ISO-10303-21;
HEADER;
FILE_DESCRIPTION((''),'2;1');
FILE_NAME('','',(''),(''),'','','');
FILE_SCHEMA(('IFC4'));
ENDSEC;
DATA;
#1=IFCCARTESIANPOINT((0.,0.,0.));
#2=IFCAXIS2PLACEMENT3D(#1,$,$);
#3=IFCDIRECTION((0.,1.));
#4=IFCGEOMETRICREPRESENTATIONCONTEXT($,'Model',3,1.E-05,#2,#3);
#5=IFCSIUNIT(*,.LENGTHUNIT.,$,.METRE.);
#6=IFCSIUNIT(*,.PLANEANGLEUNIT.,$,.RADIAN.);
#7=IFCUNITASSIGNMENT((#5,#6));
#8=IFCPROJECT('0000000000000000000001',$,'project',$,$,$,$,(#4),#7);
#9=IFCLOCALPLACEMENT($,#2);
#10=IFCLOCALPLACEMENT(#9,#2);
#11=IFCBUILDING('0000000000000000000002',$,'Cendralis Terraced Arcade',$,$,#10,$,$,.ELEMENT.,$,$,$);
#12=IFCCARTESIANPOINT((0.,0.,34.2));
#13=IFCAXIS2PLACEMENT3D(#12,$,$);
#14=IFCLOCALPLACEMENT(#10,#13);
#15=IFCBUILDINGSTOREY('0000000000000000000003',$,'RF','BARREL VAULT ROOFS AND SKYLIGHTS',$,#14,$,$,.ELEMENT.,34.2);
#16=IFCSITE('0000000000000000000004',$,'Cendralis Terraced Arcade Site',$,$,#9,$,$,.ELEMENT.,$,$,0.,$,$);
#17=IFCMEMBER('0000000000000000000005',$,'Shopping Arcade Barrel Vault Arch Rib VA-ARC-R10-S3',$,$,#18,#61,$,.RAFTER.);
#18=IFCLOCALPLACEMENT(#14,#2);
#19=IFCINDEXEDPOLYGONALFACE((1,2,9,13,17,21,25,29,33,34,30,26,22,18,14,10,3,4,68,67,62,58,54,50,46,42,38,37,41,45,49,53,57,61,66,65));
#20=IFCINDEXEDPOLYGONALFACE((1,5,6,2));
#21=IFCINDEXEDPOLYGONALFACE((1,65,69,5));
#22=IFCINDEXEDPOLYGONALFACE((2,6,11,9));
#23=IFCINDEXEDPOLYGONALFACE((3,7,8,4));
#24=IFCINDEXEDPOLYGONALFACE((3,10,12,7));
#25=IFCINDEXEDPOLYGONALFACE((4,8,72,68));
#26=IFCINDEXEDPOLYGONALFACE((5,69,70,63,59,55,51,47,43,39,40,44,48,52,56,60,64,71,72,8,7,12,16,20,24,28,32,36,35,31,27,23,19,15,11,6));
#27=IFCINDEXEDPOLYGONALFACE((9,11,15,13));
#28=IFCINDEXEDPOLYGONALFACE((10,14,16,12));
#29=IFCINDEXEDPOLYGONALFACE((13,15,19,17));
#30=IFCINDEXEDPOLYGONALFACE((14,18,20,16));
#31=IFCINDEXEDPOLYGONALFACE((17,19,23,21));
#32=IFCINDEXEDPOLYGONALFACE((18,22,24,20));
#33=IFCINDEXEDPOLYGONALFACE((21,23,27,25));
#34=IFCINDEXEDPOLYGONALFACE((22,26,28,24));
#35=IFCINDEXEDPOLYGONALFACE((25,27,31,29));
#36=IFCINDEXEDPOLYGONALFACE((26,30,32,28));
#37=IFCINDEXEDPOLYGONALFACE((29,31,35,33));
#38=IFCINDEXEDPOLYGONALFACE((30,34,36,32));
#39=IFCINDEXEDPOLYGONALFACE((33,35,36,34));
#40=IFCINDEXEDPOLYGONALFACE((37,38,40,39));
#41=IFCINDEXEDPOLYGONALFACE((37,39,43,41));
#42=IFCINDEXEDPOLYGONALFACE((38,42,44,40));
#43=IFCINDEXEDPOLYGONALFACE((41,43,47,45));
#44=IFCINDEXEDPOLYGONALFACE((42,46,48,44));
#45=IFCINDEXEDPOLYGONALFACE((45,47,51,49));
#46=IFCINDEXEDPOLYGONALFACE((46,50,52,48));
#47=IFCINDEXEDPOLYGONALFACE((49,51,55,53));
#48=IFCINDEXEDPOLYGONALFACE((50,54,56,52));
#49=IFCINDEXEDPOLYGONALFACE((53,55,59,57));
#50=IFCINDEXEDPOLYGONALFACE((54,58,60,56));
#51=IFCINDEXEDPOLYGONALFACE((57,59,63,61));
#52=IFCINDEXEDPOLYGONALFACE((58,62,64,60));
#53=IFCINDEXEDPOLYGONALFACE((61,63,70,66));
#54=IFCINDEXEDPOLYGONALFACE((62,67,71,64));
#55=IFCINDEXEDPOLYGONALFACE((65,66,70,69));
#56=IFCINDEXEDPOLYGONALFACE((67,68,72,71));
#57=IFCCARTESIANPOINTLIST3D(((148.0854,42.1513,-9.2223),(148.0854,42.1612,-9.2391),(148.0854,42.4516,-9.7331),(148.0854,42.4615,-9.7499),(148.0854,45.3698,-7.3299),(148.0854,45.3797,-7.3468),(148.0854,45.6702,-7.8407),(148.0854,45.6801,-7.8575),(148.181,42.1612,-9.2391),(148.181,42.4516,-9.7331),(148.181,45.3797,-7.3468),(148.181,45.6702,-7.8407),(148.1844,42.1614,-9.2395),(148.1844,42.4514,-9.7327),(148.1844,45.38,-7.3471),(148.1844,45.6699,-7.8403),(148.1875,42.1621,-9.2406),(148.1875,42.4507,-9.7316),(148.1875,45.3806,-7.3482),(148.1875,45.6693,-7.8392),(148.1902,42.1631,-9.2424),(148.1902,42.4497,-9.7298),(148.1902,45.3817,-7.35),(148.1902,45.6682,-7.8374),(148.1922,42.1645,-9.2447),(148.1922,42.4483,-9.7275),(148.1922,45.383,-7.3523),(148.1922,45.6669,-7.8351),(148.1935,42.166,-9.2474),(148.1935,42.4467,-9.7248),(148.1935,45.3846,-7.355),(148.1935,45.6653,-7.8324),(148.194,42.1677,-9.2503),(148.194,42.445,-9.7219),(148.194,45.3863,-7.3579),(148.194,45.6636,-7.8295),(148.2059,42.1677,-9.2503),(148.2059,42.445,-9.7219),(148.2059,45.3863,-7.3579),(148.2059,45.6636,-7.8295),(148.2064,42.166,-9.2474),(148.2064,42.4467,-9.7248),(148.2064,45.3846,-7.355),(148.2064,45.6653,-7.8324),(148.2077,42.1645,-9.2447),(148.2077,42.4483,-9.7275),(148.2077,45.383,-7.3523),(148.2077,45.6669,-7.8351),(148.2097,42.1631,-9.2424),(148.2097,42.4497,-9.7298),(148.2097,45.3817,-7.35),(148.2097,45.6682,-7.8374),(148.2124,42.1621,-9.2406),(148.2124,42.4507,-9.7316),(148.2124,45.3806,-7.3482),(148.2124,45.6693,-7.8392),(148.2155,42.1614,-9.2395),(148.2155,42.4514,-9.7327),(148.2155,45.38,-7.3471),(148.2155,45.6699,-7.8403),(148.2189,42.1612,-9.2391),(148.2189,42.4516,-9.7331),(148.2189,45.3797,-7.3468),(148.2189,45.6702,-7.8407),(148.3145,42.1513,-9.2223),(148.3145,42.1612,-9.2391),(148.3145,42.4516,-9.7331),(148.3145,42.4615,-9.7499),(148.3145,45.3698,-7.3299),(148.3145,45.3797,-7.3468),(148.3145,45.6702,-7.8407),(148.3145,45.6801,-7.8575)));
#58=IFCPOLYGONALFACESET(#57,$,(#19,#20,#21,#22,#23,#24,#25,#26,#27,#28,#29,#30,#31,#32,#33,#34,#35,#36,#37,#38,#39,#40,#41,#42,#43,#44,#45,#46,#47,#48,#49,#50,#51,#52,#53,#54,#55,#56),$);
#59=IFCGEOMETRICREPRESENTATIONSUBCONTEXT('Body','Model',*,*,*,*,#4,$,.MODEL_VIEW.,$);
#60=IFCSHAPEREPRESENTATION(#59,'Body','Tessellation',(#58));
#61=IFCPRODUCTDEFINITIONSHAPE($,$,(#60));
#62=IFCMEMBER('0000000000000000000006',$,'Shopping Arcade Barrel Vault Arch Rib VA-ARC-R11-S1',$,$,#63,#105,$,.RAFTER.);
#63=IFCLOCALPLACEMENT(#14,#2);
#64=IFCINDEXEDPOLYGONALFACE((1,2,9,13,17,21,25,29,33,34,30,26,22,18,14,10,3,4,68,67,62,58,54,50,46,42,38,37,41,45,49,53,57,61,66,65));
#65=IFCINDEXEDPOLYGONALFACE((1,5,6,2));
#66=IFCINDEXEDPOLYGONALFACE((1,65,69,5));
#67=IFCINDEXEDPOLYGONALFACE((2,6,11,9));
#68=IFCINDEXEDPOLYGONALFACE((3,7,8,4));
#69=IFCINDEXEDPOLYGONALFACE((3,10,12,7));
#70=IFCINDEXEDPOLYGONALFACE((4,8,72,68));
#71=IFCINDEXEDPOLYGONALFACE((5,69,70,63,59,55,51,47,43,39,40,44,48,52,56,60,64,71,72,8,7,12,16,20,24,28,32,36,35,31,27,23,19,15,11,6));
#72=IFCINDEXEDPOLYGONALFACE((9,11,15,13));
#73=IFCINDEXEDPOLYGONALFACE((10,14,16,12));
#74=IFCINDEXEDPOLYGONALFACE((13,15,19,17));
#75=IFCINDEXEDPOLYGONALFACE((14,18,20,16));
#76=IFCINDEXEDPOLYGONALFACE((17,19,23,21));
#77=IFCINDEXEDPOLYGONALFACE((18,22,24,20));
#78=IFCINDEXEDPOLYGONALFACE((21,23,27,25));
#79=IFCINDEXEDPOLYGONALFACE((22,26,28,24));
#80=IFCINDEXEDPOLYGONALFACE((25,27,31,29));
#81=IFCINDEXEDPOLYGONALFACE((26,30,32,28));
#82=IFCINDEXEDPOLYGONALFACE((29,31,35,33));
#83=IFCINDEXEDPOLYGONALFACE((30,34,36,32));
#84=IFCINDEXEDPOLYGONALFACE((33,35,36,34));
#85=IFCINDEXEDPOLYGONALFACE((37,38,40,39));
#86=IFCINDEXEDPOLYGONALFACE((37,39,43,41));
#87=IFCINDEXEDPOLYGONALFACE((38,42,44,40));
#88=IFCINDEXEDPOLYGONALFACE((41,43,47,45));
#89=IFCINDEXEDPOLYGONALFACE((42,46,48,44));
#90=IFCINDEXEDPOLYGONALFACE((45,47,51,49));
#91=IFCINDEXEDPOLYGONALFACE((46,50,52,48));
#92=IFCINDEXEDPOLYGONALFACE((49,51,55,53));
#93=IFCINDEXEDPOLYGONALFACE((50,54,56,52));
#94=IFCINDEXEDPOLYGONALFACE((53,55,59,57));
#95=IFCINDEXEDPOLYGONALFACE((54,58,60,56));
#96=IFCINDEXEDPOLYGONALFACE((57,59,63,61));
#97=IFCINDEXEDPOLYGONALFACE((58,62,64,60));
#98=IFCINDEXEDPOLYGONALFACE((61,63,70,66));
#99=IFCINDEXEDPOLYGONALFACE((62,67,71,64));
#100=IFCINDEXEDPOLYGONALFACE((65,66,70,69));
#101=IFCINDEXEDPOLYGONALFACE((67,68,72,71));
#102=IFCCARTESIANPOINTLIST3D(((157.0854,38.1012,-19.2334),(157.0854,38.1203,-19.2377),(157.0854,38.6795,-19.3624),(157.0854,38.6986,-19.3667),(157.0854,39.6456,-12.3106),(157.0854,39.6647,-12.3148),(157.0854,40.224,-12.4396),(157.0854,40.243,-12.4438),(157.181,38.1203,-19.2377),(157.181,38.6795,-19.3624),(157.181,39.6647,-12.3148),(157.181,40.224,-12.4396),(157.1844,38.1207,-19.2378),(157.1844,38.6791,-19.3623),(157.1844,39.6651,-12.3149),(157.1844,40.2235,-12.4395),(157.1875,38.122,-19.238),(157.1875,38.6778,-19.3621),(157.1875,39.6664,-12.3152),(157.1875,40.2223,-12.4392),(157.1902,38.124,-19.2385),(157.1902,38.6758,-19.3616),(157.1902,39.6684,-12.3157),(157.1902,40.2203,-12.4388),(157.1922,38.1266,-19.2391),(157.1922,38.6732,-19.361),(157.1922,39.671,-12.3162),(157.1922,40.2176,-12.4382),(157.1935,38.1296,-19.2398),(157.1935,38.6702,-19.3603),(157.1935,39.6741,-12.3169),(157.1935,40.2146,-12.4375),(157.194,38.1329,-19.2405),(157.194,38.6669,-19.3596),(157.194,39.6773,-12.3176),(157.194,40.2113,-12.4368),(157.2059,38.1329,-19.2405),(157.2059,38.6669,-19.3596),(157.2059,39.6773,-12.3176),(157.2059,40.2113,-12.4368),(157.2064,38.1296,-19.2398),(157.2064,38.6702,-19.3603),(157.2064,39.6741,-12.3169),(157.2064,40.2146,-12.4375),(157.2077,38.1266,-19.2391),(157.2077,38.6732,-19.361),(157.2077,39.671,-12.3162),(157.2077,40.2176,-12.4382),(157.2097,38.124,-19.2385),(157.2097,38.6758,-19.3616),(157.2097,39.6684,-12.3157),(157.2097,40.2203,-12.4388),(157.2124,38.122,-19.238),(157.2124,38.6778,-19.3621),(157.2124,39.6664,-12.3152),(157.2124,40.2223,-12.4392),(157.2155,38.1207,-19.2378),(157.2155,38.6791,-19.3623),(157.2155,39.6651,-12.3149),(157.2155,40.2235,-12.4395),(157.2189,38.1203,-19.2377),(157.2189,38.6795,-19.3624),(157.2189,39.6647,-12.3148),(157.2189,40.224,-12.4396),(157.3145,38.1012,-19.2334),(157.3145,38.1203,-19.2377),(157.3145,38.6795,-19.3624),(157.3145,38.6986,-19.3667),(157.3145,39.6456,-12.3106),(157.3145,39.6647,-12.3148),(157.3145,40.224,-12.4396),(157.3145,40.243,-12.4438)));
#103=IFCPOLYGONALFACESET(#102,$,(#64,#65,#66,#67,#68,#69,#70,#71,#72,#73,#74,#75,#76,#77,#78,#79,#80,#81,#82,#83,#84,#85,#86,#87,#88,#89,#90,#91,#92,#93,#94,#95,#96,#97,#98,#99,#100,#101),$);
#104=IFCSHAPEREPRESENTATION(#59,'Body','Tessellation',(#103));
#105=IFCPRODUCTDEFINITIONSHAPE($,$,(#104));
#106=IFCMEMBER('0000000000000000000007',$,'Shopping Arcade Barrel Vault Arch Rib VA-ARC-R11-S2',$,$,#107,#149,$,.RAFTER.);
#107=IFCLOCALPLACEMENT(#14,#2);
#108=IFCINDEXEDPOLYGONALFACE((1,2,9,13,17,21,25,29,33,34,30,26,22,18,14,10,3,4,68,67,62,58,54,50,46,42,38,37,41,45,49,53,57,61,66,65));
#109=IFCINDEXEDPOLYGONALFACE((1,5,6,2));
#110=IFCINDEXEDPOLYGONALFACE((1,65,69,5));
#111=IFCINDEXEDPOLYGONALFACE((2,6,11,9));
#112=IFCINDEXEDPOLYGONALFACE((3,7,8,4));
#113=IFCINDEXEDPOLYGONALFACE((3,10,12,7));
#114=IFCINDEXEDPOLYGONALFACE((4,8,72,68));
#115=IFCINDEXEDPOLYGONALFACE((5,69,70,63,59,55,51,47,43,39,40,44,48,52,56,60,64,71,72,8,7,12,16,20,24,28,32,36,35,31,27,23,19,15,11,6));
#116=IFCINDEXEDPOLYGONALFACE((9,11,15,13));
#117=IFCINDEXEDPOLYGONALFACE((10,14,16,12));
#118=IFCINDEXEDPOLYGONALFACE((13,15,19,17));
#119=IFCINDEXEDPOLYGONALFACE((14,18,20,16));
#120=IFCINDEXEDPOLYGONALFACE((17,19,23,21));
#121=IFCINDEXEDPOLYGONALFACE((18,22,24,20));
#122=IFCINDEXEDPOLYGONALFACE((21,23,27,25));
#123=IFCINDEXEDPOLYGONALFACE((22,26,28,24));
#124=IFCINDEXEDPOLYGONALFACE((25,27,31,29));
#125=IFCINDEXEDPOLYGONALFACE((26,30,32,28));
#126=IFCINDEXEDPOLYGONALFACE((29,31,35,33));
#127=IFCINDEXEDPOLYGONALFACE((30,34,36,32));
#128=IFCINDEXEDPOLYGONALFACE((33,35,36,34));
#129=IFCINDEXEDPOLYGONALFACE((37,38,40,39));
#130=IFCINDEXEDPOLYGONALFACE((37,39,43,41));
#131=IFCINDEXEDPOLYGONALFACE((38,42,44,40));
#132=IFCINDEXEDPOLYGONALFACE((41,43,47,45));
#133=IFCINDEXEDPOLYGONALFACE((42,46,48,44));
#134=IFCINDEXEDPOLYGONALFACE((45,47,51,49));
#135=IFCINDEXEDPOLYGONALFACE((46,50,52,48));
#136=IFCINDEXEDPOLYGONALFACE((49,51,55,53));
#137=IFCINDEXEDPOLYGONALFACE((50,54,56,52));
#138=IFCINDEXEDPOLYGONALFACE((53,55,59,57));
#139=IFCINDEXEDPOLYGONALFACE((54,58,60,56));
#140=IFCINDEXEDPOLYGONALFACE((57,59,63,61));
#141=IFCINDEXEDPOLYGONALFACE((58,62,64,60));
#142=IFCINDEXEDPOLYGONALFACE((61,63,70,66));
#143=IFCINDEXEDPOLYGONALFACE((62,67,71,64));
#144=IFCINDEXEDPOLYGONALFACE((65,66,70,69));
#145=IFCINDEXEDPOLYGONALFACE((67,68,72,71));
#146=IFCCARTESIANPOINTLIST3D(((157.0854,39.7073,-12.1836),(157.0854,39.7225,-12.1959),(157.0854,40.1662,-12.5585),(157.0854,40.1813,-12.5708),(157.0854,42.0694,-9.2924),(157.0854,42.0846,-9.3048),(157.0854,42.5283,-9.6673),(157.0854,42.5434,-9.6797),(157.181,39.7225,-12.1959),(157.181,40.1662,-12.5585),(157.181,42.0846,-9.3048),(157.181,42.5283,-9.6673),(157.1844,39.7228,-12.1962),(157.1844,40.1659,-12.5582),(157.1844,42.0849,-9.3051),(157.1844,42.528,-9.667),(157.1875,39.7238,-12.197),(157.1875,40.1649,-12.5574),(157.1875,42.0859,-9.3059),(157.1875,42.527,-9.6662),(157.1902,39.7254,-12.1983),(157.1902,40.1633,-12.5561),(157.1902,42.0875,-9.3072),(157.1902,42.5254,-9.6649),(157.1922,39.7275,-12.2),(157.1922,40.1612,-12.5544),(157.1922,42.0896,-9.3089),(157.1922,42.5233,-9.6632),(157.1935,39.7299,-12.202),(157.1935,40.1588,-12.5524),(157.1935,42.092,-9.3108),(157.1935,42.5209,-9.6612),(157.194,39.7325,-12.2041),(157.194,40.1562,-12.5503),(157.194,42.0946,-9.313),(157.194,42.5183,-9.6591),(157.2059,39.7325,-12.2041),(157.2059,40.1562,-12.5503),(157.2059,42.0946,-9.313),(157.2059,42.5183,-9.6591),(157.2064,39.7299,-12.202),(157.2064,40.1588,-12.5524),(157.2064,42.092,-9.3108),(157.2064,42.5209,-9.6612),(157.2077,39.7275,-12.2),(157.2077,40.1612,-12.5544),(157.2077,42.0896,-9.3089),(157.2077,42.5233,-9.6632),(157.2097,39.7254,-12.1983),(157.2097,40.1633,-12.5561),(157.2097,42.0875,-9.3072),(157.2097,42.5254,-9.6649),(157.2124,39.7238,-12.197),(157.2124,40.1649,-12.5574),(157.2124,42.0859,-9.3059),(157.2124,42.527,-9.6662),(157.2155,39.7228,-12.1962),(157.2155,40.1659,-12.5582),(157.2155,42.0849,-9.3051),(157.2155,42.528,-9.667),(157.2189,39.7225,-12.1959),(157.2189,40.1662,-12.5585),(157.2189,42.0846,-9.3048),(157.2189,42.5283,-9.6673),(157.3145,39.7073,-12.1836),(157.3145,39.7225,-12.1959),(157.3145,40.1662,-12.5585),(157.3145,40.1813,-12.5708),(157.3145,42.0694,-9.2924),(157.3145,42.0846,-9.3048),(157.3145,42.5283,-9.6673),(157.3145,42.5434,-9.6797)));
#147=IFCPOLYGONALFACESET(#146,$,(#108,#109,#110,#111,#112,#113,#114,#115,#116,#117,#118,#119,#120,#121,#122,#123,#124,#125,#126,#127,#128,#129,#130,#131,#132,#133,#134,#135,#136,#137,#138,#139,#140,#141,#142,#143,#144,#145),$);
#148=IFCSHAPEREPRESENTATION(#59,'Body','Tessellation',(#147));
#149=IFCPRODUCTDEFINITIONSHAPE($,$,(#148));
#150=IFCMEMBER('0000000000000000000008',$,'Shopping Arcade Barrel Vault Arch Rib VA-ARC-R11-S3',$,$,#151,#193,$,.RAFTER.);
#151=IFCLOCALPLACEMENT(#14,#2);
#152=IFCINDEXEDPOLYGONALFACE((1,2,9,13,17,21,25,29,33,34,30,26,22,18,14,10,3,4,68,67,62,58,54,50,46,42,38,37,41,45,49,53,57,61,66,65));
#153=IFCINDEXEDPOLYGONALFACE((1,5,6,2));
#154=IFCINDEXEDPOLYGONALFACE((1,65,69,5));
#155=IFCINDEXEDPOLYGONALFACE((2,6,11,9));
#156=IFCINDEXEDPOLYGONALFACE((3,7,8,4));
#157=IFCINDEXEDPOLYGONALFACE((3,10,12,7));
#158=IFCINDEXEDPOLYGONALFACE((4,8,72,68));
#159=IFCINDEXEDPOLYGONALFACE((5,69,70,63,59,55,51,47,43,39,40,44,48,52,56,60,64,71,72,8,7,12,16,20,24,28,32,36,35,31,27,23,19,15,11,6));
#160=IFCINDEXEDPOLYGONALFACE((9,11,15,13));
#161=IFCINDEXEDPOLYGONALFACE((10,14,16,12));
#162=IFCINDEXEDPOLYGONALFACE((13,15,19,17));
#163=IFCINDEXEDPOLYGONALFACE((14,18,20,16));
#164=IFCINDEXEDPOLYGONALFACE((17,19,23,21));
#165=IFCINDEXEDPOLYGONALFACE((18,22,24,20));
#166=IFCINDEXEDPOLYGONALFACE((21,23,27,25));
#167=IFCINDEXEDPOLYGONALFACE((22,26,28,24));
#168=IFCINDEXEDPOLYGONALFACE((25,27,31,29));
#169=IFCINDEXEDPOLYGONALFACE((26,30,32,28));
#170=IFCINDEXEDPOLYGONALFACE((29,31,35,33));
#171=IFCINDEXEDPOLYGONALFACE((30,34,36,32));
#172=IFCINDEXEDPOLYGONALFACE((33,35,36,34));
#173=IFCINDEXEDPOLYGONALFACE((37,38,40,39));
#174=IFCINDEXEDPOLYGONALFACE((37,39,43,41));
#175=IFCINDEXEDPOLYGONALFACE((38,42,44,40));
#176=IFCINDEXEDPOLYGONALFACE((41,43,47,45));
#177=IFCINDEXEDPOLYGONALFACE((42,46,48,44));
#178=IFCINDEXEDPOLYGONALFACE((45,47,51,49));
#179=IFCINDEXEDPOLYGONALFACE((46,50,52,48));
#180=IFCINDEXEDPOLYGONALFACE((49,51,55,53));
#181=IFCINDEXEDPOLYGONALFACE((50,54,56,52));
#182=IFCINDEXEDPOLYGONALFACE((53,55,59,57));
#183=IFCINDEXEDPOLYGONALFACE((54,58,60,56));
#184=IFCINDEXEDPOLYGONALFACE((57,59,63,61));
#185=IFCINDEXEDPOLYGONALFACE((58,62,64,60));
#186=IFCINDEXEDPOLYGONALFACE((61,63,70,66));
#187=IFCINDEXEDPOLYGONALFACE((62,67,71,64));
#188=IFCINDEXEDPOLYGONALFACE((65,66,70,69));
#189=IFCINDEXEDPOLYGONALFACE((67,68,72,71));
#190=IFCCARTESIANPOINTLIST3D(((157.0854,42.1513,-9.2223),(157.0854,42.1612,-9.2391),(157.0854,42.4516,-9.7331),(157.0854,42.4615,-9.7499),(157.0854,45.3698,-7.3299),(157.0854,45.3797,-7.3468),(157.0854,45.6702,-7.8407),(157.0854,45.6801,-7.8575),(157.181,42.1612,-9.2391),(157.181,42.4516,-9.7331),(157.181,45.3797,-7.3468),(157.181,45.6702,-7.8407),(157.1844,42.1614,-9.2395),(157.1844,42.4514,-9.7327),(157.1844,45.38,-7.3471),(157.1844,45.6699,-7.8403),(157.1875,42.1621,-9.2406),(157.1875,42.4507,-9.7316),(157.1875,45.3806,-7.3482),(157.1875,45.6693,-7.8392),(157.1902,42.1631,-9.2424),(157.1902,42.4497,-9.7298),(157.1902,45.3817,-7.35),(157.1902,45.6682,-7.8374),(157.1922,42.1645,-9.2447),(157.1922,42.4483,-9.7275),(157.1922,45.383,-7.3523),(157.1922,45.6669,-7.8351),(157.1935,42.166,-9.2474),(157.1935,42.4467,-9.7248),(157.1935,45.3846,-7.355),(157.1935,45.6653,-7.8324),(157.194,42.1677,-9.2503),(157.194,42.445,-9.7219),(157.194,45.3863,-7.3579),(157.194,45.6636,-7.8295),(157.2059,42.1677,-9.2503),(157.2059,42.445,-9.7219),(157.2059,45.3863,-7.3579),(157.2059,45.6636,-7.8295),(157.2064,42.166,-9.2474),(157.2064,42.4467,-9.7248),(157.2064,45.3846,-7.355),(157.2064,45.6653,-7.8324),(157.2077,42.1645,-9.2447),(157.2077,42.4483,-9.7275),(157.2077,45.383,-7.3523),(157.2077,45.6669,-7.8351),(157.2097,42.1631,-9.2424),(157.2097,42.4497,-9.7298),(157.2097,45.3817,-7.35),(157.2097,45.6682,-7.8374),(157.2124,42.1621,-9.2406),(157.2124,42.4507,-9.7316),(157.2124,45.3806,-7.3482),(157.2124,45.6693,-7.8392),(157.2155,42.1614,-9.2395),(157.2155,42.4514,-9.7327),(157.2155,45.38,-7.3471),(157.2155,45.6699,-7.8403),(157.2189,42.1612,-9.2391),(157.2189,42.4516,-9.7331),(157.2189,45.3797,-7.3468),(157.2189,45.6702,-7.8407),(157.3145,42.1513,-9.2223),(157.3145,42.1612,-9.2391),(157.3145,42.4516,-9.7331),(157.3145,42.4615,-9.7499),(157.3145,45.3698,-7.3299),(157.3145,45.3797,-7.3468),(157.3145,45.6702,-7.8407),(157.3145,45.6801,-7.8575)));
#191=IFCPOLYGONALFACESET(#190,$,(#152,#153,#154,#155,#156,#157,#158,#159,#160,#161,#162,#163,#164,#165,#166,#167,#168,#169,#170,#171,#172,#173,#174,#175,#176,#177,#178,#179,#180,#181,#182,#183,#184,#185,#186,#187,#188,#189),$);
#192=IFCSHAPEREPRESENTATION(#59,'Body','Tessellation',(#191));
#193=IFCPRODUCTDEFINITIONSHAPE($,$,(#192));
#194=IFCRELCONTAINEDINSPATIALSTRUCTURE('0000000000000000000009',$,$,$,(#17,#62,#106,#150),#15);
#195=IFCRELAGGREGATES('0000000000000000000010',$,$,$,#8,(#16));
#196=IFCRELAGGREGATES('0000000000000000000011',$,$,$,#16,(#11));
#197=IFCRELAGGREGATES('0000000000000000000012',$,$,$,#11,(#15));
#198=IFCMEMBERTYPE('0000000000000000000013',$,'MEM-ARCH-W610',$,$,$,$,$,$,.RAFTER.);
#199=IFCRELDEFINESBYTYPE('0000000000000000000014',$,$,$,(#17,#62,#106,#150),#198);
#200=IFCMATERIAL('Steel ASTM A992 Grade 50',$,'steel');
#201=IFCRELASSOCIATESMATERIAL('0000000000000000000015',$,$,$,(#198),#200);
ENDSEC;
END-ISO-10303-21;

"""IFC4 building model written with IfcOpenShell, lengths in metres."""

from ifc_helpers import new_model, si_unit, direction, frame, origin, origin_2d, place, context, subcontext, project, spatial, i_section, extrude, material, material_profile, profile_set, type_object, element, save


model = new_model("IFC4")

# Units and contexts
model_context = context("Model", 3, precision=1e-05, world=origin(), true_north=direction((0.0, 1.0)))
body_context = subcontext(model_context, "Body", "Model", "MODEL_VIEW")
ifc_project = project(units=[si_unit("LENGTHUNIT", "METRE"), si_unit("PLANEANGLEUNIT", "RADIAN")], contexts=[model_context])

# Site, building, storey
site_placement = place(None, origin())
site = spatial("IfcSite", under=ifc_project, at=site_placement, Name="Cendralis Terraced Arcade Site", CompositionType="ELEMENT", RefElevation=0.0)
building_placement = place(site_placement, origin())
building = spatial("IfcBuilding", under=site, at=building_placement, Name="Cendralis Terraced Arcade", CompositionType="ELEMENT")
storey_placement = place(building_placement, frame((0.0, 0.0, 34.2)))
storey = spatial("IfcBuildingStorey", under=building, at=storey_placement, Name="RF", Description="BARREL VAULT ROOFS AND SKYLIGHTS", CompositionType="ELEMENT", Elevation=34.2)

# Members
ifc_material_1 = material(Name="Steel ASTM A992 Grade 50", Category="steel")
ifc_material_profile_1 = material_profile(ifc_material_1, i_section(OverallWidth=0.229, OverallDepth=0.6121, WebThickness=0.012, FlangeThickness=0.0195, FilletRadius=0.0129, at=origin_2d()), Name="W610X125", Category="LoadBearing")
ifc_profile_set_1 = profile_set([ifc_material_profile_1], Name="Steel ASTM A992 Grade 50")
member_type_1 = type_object("IfcMemberType", Name="MEM-ARCH-W610", PredefinedType="RAFTER", material=ifc_profile_set_1)
member_1_placement = place(storey_placement, frame((148.2, 42.3064, -9.4861), z_axis=(0.0, 0.86204, 0.50684), x_axis=(-1.0, 0.0, 0.0)))
element("IfcMember", 1, at=member_1_placement, inside=storey, type_object=member_type_1, Name="Shopping Arcade Barrel Vault Arch Rib VA-ARC-R10-S3", PredefinedType="RAFTER", context=body_context, shape_type="SweptSolid", body=[
    extrude(i_section(OverallWidth=0.229, OverallDepth=0.6121, WebThickness=0.012, FlangeThickness=0.0195, FilletRadius=0.0129, at=origin_2d()), origin(), (0.0, 0.0, 1.0), 3.7336),
])
member_2_placement = place(storey_placement, frame((157.2, 38.3999, -19.3), z_axis=(0.0, 0.217739, 0.976007), x_axis=(-1.0, 0.0, 0.0)))
element("IfcMember", 2, at=member_2_placement, inside=storey, type_object=member_type_1, Name="Shopping Arcade Barrel Vault Arch Rib VA-ARC-R11-S1", PredefinedType="RAFTER", context=body_context, shape_type="SweptSolid", body=[
    extrude(i_section(OverallWidth=0.229, OverallDepth=0.6121, WebThickness=0.012, FlangeThickness=0.0195, FilletRadius=0.0129, at=origin_2d()), origin(), (0.0, 0.0, 1.0), 7.093),
])
member_3_placement = place(storey_placement, frame((157.2, 39.9443, -12.3772), z_axis=(0.0, 0.632693, 0.774403), x_axis=(-1.0, 0.0, 0.0)))
element("IfcMember", 3, at=member_3_placement, inside=storey, type_object=member_type_1, Name="Shopping Arcade Barrel Vault Arch Rib VA-ARC-R11-S2", PredefinedType="RAFTER", context=body_context, shape_type="SweptSolid", body=[
    extrude(i_section(OverallWidth=0.229, OverallDepth=0.6121, WebThickness=0.012, FlangeThickness=0.0195, FilletRadius=0.0129, at=origin_2d()), origin(), (0.0, 0.0, 1.0), 3.7334),
])
member_4_placement = place(storey_placement, frame((157.2, 42.3064, -9.4861), z_axis=(0.0, 0.86204, 0.50684), x_axis=(-1.0, 0.0, 0.0)))
element("IfcMember", 4, at=member_4_placement, inside=storey, type_object=member_type_1, Name="Shopping Arcade Barrel Vault Arch Rib VA-ARC-R11-S3", PredefinedType="RAFTER", context=body_context, shape_type="SweptSolid", body=[
    extrude(i_section(OverallWidth=0.229, OverallDepth=0.6121, WebThickness=0.012, FlangeThickness=0.0195, FilletRadius=0.0129, at=origin_2d()), origin(), (0.0, 0.0, 1.0), 3.7336),
])

save(model, "model.ifc")
